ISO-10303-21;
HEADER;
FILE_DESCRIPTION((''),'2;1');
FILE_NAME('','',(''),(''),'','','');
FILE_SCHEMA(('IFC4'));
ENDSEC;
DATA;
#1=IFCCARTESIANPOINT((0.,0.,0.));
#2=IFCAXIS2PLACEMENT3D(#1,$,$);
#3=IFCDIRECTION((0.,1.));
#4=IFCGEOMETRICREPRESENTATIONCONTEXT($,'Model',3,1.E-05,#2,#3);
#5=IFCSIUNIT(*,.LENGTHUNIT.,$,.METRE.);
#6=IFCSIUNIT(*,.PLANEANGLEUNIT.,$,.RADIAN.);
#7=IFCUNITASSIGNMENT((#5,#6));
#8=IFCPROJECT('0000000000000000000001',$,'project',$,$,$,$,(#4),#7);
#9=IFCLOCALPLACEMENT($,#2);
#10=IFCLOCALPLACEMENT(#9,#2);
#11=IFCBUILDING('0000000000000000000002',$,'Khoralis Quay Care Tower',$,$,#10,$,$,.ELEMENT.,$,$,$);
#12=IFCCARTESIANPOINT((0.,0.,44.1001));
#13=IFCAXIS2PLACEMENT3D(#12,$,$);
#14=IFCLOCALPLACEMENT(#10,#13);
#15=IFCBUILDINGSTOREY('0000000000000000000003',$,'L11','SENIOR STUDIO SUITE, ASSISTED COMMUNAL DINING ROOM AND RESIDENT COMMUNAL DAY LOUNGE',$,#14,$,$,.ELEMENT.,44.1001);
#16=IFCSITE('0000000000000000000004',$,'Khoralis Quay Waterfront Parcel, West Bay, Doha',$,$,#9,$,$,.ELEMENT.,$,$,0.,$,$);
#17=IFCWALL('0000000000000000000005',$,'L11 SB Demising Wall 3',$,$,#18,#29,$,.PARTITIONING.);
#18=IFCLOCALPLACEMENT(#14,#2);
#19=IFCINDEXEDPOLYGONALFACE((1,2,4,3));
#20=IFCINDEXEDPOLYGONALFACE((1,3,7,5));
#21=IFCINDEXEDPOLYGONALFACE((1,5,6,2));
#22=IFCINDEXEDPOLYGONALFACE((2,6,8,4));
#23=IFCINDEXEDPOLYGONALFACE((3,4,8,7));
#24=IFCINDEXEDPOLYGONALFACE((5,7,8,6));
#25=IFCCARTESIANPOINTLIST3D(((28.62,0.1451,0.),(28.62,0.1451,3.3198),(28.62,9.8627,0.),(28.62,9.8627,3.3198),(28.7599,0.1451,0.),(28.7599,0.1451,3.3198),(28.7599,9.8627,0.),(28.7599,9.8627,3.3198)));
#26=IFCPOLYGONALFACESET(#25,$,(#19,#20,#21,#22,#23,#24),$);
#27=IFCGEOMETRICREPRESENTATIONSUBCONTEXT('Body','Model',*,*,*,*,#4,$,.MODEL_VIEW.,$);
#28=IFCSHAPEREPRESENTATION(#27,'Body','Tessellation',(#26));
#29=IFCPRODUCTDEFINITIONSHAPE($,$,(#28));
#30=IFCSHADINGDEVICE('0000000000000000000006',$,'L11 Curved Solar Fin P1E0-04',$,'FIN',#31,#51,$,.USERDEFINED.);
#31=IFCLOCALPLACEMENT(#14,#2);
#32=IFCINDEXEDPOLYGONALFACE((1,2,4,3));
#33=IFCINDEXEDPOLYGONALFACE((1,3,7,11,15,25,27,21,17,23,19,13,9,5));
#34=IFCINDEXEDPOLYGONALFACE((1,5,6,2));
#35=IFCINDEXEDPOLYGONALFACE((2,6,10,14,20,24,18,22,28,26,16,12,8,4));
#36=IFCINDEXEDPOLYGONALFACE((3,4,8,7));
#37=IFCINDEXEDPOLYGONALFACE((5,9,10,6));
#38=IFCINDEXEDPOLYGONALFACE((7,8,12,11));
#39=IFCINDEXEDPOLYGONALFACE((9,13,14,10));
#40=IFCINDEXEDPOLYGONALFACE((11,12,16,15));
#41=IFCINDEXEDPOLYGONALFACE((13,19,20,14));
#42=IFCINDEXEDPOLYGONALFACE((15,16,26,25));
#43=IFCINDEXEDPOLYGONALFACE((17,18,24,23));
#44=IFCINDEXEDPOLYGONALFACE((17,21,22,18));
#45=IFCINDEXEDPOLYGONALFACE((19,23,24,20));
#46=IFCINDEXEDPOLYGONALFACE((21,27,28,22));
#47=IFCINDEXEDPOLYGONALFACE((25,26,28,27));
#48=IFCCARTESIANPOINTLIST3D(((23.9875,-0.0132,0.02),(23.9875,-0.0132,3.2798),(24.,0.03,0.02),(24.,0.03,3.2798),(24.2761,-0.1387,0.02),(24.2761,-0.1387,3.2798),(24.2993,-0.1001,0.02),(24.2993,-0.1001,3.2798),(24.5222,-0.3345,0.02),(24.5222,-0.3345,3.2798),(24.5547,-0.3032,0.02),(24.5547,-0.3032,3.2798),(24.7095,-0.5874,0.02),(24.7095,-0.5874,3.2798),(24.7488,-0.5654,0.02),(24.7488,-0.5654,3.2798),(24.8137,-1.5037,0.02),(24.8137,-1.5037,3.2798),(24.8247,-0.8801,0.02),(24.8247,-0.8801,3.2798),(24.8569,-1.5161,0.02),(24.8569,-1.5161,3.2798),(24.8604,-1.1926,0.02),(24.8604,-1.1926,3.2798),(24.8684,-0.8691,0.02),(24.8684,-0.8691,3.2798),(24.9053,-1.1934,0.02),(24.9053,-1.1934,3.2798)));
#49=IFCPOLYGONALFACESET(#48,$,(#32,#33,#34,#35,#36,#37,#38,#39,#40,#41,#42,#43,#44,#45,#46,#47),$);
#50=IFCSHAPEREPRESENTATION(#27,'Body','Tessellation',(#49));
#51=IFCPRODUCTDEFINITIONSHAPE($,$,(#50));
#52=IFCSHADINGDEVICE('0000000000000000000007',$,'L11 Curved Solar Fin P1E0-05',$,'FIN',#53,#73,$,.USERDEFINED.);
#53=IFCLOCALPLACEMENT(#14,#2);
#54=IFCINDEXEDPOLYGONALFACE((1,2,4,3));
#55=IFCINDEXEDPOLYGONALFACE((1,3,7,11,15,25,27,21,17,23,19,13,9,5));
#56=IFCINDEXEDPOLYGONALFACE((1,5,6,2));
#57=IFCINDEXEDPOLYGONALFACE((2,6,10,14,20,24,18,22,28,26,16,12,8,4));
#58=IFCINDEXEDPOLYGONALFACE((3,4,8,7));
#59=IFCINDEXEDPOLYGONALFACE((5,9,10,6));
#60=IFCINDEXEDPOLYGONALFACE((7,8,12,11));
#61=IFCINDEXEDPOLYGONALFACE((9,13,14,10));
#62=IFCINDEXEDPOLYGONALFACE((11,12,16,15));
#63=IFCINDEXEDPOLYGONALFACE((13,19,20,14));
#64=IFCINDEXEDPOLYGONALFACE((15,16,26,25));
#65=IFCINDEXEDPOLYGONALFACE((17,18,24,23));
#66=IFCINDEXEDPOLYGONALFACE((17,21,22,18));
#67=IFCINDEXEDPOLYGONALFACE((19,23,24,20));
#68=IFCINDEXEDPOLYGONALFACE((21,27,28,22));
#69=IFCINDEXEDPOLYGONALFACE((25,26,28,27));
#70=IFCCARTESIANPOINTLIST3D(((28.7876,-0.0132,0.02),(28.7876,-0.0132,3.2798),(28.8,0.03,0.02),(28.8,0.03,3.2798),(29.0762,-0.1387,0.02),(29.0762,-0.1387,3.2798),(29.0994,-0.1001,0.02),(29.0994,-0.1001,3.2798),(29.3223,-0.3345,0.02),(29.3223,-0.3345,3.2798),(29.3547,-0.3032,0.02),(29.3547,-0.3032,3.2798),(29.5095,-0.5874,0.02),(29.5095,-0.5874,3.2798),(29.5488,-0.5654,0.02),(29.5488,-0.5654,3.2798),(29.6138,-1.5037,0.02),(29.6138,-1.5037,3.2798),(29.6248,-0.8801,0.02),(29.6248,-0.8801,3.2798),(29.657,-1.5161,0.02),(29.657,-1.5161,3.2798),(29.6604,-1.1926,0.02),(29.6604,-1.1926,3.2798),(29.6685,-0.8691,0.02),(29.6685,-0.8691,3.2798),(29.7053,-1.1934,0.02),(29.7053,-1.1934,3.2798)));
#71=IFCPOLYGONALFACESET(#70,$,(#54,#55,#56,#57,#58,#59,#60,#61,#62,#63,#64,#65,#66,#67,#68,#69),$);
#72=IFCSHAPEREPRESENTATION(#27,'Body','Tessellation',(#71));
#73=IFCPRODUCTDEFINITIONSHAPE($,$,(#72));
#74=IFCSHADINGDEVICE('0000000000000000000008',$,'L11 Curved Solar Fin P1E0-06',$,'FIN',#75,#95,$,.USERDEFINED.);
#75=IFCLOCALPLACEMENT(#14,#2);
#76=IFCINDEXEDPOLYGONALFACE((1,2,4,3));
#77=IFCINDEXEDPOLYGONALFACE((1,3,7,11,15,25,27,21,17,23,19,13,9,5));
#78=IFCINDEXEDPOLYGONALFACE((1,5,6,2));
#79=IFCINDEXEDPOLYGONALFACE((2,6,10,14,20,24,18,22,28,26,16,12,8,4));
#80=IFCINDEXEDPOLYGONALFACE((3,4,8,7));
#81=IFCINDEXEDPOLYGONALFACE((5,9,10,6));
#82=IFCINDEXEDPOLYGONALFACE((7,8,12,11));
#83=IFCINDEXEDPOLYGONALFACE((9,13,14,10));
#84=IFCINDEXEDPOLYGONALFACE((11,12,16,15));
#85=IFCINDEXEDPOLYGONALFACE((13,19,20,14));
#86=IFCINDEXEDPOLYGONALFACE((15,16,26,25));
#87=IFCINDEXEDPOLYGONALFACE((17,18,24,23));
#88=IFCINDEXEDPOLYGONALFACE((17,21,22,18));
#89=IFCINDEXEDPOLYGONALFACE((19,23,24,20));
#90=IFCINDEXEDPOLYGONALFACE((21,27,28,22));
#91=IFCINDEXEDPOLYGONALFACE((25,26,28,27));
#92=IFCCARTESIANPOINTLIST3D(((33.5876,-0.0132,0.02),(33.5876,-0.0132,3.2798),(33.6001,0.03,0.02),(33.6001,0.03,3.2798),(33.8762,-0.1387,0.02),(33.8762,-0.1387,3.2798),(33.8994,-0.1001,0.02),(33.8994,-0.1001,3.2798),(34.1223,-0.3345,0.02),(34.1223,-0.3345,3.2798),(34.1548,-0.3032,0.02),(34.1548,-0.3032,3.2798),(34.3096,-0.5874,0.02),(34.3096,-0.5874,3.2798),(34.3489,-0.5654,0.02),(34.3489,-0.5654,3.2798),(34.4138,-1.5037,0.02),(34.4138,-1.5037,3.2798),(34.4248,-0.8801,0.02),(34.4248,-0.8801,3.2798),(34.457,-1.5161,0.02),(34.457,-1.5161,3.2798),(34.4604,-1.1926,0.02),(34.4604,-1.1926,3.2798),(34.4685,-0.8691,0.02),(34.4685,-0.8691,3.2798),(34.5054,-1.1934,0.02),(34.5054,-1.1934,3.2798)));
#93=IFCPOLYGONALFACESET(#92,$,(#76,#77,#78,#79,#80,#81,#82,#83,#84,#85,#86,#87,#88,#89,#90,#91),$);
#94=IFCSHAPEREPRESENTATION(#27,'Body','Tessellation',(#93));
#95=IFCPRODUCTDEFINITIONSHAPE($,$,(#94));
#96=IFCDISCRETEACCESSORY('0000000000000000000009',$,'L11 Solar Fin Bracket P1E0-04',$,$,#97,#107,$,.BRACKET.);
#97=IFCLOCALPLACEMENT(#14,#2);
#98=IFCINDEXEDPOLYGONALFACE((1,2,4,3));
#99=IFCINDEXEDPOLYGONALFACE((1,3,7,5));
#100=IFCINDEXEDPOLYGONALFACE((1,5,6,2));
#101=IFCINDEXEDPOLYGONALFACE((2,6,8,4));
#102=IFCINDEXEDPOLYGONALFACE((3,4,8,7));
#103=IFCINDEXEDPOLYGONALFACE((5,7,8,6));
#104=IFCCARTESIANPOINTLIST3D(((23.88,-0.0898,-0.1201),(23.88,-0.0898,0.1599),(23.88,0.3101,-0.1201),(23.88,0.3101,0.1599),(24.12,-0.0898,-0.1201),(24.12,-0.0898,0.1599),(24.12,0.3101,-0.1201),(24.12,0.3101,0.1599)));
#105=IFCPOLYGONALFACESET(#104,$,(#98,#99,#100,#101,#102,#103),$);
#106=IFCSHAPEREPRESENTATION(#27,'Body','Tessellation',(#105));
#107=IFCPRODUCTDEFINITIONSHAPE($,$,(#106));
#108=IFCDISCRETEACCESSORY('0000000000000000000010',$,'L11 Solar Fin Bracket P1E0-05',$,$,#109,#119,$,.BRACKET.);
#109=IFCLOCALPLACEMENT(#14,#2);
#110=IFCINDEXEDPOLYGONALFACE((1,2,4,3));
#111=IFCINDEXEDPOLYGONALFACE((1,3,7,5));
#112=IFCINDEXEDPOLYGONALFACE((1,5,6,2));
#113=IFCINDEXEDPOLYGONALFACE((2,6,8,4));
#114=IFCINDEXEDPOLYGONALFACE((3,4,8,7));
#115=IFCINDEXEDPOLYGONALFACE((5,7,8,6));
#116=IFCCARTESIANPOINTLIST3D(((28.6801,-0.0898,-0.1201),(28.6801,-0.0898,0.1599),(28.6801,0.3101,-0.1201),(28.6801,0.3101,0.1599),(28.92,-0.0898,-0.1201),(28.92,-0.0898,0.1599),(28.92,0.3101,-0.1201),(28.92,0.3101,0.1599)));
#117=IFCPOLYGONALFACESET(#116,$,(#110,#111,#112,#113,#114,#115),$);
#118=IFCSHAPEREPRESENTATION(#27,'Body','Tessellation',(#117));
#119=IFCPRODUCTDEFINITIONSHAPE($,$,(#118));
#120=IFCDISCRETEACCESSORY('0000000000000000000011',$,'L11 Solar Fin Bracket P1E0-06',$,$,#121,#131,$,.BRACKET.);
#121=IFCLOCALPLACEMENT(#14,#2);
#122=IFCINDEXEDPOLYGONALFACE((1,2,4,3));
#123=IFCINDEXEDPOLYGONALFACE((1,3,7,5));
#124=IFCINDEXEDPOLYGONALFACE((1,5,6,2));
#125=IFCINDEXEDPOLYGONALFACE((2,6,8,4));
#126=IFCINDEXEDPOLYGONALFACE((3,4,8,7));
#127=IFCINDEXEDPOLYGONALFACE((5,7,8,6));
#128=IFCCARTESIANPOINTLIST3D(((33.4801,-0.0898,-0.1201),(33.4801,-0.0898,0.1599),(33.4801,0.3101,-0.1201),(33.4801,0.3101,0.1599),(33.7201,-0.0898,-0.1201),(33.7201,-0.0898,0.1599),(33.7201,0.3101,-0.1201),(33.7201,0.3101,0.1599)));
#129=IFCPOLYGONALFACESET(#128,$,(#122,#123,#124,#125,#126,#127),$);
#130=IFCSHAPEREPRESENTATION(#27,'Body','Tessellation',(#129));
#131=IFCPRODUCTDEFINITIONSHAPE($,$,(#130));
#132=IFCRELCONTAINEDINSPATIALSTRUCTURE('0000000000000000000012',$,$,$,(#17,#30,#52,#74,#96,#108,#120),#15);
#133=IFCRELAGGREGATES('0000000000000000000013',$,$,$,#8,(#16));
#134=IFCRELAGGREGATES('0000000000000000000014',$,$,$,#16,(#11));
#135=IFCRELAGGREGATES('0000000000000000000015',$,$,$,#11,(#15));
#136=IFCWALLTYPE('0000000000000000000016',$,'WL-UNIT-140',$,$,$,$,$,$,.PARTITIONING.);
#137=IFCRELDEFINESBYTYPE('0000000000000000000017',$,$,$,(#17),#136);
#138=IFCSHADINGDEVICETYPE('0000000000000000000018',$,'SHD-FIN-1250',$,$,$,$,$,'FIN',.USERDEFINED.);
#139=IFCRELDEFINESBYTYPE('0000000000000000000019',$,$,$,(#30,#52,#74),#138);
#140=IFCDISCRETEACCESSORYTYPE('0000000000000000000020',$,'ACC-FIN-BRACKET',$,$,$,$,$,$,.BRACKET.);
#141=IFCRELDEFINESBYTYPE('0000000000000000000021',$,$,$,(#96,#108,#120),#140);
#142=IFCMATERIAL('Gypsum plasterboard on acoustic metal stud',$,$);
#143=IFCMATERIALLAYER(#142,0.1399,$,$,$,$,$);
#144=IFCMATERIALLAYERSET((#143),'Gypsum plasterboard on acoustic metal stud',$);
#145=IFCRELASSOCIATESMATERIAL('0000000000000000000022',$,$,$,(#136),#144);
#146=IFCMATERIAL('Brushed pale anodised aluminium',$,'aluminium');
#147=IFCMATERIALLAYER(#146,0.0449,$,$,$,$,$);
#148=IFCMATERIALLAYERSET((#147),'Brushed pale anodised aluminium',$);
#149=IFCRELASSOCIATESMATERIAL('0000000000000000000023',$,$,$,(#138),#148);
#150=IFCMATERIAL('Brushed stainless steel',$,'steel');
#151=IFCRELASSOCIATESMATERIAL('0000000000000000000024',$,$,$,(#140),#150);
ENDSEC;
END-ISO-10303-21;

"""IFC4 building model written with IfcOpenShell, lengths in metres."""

from ifc_helpers import new_model, si_unit, direction, frame, frame_2d, origin, origin_2d, place, context, subcontext, project, spatial, polyline, rectangle, outline, extrude, source, transform, mapped, material, layer, layer_set, type_object, element, save


model = new_model("IFC4")

# Units and contexts
model_context = context("Model", 3, precision=1e-05, world=origin(), true_north=direction((0.0, 1.0)))
body_context = subcontext(model_context, "Body", "Model", "MODEL_VIEW")
ifc_project = project(units=[si_unit("LENGTHUNIT", "METRE"), si_unit("PLANEANGLEUNIT", "RADIAN")], contexts=[model_context])

# Site, building, storey
site_placement = place(None, origin())
site = spatial("IfcSite", under=ifc_project, at=site_placement, Name="Khoralis Quay Waterfront Parcel, West Bay, Doha", CompositionType="ELEMENT", RefElevation=0.0)
building_placement = place(site_placement, origin())
building = spatial("IfcBuilding", under=site, at=building_placement, Name="Khoralis Quay Care Tower", CompositionType="ELEMENT")
storey_placement = place(building_placement, frame((0.0, 0.0, 44.1001)))
storey = spatial("IfcBuildingStorey", under=building, at=storey_placement, Name="L11", Description="SENIOR STUDIO SUITE, ASSISTED COMMUNAL DINING ROOM AND RESIDENT COMMUNAL DAY LOUNGE", CompositionType="ELEMENT", Elevation=44.1001)

# Shared definitions
ifc_material_1 = material(Name="Gypsum plasterboard on acoustic metal stud")

# Wall
ifc_layer_1 = layer(ifc_material_1, 0.1399)
ifc_layer_set_1 = layer_set([ifc_layer_1], Name="Gypsum plasterboard on acoustic metal stud")
wall_type_1 = type_object("IfcWallType", Name="WL-UNIT-140", PredefinedType="PARTITIONING", material=ifc_layer_set_1)
wall_1_placement = place(storey_placement, frame((28.6899, 0.145, 0.0), z_axis=(0.0, 0.0, 1.0), x_axis=(0.0, 1.0, 0.0)))
element("IfcWall", 1, at=wall_1_placement, inside=storey, type_object=wall_type_1, Name="L11 SB Demising Wall 3", PredefinedType="PARTITIONING", context=body_context, shape_type="SweptSolid", body=[
    extrude(rectangle(XDim=9.7175, YDim=0.1399, at=frame_2d((4.8589, 0.0))), origin(), (0.0, 0.0, 1.0), 3.3198),
])

# Shading devices
ifc_material_2 = material(Name="Brushed pale anodised aluminium", Category="aluminium")
ifc_layer_2 = layer(ifc_material_2, 0.0449)
ifc_layer_set_2 = layer_set([ifc_layer_2], Name="Brushed pale anodised aluminium")
shading_device_type = type_object("IfcShadingDeviceType", Name="SHD-FIN-1250", ElementType="FIN", PredefinedType="USERDEFINED", material=ifc_layer_set_2)
shared_shape_1 = source(origin(), body_context, "Body", "SweptSolid", [
    extrude(outline(polyline([(0.0, 0.0), (0.1301, 0.2993), (0.3333, 0.5547), (0.5955, 0.7488), (0.8992, 0.8684), (1.2234, 0.9053), (1.5461, 0.8569), (1.5337, 0.8137), (1.2227, 0.8604), (0.9102, 0.8247), (0.6174, 0.7095), (0.3645, 0.5222), (0.1687, 0.2761), (0.0432, -0.0125), (0.0, 0.0)])), origin(), (0.0, 0.0, 1.0), 3.2598),
])
for number, where, z_axis, x_axis, name in (
    (2, (24.0, 0.03, 0.02), (0.0, 0.0, 1.0), (0.0, -1.0, 0.0), "L11 Curved Solar Fin P1E0-04"),
    (3, (28.8, 0.03, 0.02), (0.0, 0.0, 1.0), (0.0, -1.0, 0.0), "L11 Curved Solar Fin P1E0-05"),
    (4, (33.6001, 0.03, 0.02), (0.0, 0.0, 1.0), (0.0, -1.0, 0.0), "L11 Curved Solar Fin P1E0-06"),
):
    element("IfcShadingDevice", number, at=place(storey_placement, frame(where, z_axis=z_axis, x_axis=x_axis)), inside=storey, type_object=shading_device_type, Name=name, ObjectType="FIN", PredefinedType="USERDEFINED", context=body_context, shape_type="MappedRepresentation", body=[
        mapped(shared_shape_1, transform((0.0, 0.0, 0.0), scale=1.0)),
    ])

# Discrete accessories
ifc_material_3 = material(Name="Brushed stainless steel", Category="steel")
discrete_accessory_type = type_object("IfcDiscreteAccessoryType", Name="ACC-FIN-BRACKET", PredefinedType="BRACKET", material=ifc_material_3)
shared_shape_2 = source(origin(), body_context, "Body", "SweptSolid", [
    extrude(rectangle(XDim=0.3999, YDim=0.24, at=origin_2d()), origin(), (0.0, 0.0, 1.0), 0.28),
])
for number, where, z_axis, x_axis, name in (
    (5, (24.0, 0.1101, -0.1201), (0.0, 0.0, 1.0), (0.0, -1.0, 0.0), "L11 Solar Fin Bracket P1E0-04"),
    (6, (28.8, 0.1101, -0.1201), (0.0, 0.0, 1.0), (0.0, -1.0, 0.0), "L11 Solar Fin Bracket P1E0-05"),
    (7, (33.6001, 0.1101, -0.1201), (0.0, 0.0, 1.0), (0.0, -1.0, 0.0), "L11 Solar Fin Bracket P1E0-06"),
):
    element("IfcDiscreteAccessory", number, at=place(storey_placement, frame(where, z_axis=z_axis, x_axis=x_axis)), inside=storey, type_object=discrete_accessory_type, Name=name, PredefinedType="BRACKET", context=body_context, shape_type="MappedRepresentation", body=[
        mapped(shared_shape_2, transform((0.0, 0.0, 0.0), scale=1.0)),
    ])

save(model, "model.ifc")
